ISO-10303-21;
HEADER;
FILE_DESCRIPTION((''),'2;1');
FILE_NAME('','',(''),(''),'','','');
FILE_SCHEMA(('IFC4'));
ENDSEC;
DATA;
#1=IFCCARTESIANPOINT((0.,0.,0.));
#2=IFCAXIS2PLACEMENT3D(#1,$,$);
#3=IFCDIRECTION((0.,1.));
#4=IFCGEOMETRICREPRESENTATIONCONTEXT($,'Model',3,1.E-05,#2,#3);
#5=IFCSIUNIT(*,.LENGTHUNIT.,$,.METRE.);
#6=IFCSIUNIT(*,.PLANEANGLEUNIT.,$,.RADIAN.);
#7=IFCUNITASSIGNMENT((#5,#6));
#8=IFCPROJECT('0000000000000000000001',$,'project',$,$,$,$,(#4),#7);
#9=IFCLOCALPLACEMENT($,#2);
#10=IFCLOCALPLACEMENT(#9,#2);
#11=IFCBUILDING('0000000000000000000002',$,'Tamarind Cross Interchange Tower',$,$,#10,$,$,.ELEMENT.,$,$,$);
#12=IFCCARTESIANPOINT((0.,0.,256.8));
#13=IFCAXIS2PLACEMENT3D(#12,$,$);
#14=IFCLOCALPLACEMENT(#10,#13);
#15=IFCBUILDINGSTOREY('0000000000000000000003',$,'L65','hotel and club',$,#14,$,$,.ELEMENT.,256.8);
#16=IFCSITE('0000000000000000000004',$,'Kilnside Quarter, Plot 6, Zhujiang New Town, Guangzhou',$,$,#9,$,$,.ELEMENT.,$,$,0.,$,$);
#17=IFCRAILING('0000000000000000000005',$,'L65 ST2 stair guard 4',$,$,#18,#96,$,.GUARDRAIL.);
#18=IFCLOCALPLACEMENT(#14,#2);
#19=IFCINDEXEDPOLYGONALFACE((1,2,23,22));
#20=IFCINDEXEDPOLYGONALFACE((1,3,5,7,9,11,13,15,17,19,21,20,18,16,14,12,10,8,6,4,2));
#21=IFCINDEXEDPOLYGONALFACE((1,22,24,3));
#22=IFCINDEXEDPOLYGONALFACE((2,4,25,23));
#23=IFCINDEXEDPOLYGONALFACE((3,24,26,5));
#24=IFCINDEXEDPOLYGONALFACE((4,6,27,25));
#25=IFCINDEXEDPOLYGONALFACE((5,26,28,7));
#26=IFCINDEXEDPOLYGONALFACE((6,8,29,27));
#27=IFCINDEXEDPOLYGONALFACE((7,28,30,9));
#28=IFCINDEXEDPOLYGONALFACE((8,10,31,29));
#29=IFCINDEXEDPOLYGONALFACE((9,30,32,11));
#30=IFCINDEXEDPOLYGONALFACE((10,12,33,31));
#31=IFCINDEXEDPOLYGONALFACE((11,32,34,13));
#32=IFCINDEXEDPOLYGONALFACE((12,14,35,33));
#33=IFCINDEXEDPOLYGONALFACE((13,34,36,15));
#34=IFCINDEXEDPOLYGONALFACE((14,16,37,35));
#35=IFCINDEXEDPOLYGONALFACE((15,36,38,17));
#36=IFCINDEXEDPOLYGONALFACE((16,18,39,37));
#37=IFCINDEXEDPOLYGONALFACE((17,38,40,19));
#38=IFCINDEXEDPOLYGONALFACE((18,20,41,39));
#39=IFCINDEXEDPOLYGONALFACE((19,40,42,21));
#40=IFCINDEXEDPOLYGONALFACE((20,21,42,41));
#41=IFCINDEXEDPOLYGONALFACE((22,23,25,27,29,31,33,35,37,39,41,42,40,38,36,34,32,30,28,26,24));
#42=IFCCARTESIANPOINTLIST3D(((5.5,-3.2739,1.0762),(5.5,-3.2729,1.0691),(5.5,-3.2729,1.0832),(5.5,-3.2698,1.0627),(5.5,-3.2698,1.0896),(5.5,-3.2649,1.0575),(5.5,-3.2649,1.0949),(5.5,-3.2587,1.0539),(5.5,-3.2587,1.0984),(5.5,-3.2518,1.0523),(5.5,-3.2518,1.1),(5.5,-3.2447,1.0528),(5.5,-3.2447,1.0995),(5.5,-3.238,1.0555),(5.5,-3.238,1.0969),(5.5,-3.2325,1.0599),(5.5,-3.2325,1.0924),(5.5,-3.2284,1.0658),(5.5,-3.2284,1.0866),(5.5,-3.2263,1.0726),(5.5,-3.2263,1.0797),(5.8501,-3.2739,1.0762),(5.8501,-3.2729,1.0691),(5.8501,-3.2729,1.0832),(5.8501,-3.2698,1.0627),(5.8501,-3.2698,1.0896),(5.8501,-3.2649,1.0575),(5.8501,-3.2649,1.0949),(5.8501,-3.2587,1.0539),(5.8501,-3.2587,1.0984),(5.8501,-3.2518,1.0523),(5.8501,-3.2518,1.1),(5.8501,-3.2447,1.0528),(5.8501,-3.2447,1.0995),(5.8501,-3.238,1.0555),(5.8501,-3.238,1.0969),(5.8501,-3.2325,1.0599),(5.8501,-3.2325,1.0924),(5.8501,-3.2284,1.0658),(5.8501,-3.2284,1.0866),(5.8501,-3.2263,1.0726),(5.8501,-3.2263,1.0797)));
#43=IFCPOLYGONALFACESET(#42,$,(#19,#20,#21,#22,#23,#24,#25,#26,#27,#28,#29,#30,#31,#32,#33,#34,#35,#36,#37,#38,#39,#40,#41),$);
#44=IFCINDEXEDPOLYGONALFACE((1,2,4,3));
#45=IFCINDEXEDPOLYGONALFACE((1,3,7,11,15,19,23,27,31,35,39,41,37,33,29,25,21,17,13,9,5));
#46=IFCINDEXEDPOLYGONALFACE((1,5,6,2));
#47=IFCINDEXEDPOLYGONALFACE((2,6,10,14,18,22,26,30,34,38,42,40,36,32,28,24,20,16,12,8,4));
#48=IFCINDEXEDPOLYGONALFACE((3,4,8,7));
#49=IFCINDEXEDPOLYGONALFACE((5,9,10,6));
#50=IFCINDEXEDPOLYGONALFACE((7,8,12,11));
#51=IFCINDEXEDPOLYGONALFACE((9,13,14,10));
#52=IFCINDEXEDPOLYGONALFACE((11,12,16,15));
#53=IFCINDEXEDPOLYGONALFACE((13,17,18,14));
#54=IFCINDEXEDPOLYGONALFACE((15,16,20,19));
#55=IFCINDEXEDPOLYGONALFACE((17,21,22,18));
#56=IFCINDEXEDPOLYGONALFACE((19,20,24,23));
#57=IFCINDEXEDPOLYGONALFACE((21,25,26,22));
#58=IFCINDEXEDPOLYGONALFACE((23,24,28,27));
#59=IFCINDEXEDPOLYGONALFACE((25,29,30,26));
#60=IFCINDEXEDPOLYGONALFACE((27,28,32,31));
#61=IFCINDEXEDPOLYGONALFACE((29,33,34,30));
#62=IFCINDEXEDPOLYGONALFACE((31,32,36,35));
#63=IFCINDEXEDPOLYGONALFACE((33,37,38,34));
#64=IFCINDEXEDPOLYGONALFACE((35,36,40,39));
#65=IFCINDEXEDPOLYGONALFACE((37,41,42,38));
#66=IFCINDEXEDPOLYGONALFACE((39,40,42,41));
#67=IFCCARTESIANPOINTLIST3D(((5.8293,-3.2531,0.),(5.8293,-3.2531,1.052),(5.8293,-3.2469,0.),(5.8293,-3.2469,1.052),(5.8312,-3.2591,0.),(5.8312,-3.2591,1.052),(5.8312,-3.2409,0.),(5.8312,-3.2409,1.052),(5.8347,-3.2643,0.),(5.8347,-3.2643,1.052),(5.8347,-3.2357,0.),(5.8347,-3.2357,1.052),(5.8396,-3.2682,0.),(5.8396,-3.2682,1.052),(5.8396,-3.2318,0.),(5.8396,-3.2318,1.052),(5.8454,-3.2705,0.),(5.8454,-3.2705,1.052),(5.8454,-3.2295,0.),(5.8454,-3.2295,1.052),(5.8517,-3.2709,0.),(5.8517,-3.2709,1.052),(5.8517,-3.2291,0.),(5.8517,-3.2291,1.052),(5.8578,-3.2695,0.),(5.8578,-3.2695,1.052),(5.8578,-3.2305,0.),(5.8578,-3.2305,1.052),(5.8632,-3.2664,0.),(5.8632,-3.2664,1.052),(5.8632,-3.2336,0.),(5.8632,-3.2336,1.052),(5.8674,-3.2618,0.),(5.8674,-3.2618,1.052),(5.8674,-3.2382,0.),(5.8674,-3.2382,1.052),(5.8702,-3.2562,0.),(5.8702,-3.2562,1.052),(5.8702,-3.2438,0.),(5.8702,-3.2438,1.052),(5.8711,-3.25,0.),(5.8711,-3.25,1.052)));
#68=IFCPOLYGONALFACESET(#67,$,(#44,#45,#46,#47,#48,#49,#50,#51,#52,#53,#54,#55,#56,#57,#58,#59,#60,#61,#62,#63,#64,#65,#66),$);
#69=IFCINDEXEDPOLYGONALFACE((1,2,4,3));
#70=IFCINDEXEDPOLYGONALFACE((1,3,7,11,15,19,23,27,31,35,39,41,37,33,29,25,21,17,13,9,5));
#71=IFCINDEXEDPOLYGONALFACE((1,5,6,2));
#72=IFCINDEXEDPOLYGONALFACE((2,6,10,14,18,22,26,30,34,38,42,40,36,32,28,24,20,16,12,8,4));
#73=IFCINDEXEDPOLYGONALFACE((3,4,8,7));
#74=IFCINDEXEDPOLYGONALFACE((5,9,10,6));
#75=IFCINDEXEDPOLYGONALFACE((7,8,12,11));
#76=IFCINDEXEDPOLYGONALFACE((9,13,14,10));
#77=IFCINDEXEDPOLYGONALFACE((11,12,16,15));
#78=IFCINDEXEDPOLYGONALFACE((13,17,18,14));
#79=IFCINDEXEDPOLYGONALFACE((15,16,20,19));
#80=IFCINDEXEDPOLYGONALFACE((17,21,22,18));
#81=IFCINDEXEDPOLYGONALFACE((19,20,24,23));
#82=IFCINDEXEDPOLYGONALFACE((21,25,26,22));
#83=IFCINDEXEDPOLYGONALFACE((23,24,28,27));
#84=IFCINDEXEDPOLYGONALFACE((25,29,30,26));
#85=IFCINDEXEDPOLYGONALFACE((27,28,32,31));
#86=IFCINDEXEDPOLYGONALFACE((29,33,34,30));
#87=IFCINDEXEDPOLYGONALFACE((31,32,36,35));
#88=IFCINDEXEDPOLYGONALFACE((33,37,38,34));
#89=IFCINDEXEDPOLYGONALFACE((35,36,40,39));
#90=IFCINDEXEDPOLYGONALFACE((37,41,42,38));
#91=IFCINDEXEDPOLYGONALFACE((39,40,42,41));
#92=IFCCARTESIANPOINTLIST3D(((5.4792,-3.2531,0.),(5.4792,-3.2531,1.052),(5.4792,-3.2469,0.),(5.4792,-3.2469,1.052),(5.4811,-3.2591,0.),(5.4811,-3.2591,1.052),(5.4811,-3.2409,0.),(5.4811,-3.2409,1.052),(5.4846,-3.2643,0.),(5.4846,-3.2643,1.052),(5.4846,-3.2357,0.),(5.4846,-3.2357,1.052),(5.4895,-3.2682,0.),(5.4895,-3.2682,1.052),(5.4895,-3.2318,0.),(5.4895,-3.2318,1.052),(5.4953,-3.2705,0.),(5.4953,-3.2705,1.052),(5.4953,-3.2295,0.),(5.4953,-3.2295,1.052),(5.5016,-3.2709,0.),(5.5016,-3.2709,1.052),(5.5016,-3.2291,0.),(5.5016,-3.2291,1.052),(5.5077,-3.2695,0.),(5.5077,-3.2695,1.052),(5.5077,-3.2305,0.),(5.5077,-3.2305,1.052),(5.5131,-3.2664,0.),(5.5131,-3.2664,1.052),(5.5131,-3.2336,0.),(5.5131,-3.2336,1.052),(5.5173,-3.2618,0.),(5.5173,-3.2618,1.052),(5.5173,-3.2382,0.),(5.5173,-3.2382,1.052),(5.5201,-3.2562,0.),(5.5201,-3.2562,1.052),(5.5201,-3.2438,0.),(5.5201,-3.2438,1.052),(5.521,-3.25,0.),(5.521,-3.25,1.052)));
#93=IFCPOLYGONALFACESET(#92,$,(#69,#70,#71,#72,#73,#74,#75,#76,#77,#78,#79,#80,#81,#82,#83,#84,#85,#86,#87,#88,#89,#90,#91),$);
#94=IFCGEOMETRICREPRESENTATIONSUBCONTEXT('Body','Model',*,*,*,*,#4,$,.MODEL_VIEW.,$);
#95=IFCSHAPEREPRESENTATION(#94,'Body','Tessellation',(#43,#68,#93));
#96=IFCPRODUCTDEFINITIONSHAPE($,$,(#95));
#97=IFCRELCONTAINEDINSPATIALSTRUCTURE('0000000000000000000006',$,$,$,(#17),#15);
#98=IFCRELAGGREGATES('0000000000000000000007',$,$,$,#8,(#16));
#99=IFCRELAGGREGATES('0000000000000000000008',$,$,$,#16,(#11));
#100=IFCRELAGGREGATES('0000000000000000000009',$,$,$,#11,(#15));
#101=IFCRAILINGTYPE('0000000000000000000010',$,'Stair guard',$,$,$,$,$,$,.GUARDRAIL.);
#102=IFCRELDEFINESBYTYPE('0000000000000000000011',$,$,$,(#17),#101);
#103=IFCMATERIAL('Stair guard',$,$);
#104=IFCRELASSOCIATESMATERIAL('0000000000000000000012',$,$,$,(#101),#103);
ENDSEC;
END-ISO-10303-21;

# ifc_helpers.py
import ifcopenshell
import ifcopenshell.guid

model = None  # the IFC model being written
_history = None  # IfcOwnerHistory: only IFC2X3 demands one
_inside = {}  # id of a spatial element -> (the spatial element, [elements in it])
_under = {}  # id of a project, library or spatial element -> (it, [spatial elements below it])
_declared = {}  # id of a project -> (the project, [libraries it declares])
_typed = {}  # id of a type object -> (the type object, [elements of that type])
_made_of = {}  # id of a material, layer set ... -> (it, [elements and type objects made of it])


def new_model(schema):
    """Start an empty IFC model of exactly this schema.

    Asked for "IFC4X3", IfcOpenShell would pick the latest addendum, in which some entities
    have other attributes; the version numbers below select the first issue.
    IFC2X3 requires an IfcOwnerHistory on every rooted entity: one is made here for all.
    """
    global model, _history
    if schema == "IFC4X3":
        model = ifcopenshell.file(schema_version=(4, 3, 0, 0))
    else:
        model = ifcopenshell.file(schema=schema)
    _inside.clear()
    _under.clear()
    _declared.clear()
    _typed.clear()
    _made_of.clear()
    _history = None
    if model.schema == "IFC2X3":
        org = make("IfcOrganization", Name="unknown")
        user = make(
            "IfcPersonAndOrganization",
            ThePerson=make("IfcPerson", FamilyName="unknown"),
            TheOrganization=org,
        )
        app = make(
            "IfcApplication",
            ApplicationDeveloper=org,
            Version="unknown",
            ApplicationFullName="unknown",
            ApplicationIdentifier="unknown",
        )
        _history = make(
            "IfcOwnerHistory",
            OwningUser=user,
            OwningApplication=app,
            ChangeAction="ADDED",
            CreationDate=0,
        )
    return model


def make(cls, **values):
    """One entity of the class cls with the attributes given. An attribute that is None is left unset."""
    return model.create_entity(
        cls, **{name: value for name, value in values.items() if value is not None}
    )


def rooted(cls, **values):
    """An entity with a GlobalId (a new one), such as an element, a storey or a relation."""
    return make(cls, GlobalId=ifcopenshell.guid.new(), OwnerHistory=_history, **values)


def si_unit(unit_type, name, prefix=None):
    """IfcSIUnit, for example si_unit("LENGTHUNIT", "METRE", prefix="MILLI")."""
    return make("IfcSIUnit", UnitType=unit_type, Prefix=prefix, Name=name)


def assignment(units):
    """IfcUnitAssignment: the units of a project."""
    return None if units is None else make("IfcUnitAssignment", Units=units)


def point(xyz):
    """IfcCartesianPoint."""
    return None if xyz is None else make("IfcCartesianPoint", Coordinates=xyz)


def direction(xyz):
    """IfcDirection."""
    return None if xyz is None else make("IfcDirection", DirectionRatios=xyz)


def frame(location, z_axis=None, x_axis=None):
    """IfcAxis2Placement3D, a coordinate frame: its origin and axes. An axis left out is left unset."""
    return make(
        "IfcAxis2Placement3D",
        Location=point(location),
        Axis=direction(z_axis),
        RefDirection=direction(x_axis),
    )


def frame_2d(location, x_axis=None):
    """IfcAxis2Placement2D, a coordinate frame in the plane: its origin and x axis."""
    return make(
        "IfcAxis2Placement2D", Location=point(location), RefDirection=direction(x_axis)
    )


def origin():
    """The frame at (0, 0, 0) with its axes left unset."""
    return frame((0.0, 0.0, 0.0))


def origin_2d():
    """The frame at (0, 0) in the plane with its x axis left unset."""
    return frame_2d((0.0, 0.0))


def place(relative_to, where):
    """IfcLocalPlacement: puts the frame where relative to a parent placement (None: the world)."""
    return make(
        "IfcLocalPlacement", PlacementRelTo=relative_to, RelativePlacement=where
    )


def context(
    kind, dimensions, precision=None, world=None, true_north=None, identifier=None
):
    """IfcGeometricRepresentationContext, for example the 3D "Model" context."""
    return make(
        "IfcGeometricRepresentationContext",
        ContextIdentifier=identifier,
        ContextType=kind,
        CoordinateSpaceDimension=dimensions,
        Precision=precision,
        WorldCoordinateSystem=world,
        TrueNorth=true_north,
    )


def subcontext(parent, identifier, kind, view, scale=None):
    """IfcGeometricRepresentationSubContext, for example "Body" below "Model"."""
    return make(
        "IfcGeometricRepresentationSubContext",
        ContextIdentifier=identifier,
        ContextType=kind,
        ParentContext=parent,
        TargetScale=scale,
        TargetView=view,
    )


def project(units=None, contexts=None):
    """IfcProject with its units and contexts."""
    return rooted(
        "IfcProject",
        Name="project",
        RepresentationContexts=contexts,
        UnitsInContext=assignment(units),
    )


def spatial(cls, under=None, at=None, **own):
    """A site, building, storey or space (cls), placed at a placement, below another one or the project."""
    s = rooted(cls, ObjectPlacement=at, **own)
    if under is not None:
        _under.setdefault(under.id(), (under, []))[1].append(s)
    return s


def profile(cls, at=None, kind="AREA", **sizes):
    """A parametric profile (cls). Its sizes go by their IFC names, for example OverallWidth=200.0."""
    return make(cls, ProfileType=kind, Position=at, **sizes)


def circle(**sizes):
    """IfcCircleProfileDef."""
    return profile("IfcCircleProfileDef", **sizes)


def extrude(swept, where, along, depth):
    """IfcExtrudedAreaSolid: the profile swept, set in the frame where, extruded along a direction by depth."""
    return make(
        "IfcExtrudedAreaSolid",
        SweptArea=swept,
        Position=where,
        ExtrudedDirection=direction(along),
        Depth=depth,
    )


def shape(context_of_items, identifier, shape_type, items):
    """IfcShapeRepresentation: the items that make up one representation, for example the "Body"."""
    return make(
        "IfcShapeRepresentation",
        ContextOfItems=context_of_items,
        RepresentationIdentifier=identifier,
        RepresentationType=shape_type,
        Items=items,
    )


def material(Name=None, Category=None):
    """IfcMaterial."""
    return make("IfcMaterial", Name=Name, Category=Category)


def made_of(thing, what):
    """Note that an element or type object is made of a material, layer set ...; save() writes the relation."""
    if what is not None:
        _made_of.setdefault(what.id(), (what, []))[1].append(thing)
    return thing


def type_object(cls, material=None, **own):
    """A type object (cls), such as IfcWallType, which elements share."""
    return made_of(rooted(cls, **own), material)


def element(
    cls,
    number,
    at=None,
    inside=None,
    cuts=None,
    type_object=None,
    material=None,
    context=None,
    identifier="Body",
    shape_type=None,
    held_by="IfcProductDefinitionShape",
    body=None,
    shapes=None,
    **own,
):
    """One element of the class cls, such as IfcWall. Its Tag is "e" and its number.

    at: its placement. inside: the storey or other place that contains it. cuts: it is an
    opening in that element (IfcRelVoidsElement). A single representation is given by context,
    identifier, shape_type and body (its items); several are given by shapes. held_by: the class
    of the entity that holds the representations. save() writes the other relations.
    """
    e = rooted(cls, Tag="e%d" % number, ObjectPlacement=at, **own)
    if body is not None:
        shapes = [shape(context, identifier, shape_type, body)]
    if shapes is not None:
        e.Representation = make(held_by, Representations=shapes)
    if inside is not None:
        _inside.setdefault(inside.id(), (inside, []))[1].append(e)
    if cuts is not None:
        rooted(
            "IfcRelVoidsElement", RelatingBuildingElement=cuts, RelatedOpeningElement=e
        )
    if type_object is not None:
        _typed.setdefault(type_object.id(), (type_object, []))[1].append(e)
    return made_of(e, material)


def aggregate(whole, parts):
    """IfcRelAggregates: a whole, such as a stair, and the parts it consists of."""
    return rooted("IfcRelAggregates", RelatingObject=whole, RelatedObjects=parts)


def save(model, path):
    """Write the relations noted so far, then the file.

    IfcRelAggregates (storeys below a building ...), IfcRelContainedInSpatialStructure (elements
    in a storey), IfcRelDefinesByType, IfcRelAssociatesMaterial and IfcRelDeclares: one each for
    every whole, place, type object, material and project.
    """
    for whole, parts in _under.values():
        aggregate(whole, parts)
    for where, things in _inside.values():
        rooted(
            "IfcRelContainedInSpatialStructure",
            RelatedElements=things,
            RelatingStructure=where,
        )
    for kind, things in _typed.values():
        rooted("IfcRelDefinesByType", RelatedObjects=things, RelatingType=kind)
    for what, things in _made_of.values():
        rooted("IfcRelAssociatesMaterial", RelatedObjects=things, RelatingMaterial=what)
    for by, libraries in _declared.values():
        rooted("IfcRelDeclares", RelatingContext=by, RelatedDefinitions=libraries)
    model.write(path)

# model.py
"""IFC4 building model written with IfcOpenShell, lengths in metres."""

from ifc_helpers import new_model, si_unit, direction, frame, origin, origin_2d, place, context, subcontext, project, spatial, circle, extrude, material, type_object, element, save


model = new_model("IFC4")

# Units and contexts
model_context = context("Model", 3, precision=1e-05, world=origin(), true_north=direction((0.0, 1.0)))
body_context = subcontext(model_context, "Body", "Model", "MODEL_VIEW")
ifc_project = project(units=[si_unit("LENGTHUNIT", "METRE"), si_unit("PLANEANGLEUNIT", "RADIAN")], contexts=[model_context])

# Site, building, storey
site_placement = place(None, origin())
site = spatial("IfcSite", under=ifc_project, at=site_placement, Name="Kilnside Quarter, Plot 6, Zhujiang New Town, Guangzhou", CompositionType="ELEMENT", RefElevation=0.0)
building_placement = place(site_placement, origin())
building = spatial("IfcBuilding", under=site, at=building_placement, Name="Tamarind Cross Interchange Tower", CompositionType="ELEMENT")
storey_placement = place(building_placement, frame((0.0, 0.0, 256.8)))
storey = spatial("IfcBuildingStorey", under=building, at=storey_placement, Name="L65", Description="hotel and club", CompositionType="ELEMENT", Elevation=256.8)

# Railing
ifc_material_1 = material(Name="Stair guard")
railing_type_1 = type_object("IfcRailingType", Name="Stair guard", PredefinedType="GUARDRAIL", material=ifc_material_1)
railing_1_placement = place(storey_placement, frame((5.8501, -3.25, 0.0)))
element("IfcRailing", 1, at=railing_1_placement, inside=storey, type_object=railing_type_1, Name="L65 ST2 stair guard 4", PredefinedType="GUARDRAIL", context=body_context, shape_type="SweptSolid", body=[
    extrude(circle(Radius=0.0239, at=origin_2d()), frame((0.0, 0.0, 1.0762), z_axis=(-1.0, 0.0, 0.0), x_axis=(0.0, -1.0, 0.0)), (0.0, 0.0, 1.0), 0.3501),
    extrude(circle(Radius=0.021, at=origin_2d()), origin(), (0.0, 0.0, 1.0), 1.052),
    extrude(circle(Radius=0.021, at=origin_2d()), frame((-0.3501, 0.0, 0.0)), (0.0, 0.0, 1.0), 1.052),
])

save(model, "model.ifc")
